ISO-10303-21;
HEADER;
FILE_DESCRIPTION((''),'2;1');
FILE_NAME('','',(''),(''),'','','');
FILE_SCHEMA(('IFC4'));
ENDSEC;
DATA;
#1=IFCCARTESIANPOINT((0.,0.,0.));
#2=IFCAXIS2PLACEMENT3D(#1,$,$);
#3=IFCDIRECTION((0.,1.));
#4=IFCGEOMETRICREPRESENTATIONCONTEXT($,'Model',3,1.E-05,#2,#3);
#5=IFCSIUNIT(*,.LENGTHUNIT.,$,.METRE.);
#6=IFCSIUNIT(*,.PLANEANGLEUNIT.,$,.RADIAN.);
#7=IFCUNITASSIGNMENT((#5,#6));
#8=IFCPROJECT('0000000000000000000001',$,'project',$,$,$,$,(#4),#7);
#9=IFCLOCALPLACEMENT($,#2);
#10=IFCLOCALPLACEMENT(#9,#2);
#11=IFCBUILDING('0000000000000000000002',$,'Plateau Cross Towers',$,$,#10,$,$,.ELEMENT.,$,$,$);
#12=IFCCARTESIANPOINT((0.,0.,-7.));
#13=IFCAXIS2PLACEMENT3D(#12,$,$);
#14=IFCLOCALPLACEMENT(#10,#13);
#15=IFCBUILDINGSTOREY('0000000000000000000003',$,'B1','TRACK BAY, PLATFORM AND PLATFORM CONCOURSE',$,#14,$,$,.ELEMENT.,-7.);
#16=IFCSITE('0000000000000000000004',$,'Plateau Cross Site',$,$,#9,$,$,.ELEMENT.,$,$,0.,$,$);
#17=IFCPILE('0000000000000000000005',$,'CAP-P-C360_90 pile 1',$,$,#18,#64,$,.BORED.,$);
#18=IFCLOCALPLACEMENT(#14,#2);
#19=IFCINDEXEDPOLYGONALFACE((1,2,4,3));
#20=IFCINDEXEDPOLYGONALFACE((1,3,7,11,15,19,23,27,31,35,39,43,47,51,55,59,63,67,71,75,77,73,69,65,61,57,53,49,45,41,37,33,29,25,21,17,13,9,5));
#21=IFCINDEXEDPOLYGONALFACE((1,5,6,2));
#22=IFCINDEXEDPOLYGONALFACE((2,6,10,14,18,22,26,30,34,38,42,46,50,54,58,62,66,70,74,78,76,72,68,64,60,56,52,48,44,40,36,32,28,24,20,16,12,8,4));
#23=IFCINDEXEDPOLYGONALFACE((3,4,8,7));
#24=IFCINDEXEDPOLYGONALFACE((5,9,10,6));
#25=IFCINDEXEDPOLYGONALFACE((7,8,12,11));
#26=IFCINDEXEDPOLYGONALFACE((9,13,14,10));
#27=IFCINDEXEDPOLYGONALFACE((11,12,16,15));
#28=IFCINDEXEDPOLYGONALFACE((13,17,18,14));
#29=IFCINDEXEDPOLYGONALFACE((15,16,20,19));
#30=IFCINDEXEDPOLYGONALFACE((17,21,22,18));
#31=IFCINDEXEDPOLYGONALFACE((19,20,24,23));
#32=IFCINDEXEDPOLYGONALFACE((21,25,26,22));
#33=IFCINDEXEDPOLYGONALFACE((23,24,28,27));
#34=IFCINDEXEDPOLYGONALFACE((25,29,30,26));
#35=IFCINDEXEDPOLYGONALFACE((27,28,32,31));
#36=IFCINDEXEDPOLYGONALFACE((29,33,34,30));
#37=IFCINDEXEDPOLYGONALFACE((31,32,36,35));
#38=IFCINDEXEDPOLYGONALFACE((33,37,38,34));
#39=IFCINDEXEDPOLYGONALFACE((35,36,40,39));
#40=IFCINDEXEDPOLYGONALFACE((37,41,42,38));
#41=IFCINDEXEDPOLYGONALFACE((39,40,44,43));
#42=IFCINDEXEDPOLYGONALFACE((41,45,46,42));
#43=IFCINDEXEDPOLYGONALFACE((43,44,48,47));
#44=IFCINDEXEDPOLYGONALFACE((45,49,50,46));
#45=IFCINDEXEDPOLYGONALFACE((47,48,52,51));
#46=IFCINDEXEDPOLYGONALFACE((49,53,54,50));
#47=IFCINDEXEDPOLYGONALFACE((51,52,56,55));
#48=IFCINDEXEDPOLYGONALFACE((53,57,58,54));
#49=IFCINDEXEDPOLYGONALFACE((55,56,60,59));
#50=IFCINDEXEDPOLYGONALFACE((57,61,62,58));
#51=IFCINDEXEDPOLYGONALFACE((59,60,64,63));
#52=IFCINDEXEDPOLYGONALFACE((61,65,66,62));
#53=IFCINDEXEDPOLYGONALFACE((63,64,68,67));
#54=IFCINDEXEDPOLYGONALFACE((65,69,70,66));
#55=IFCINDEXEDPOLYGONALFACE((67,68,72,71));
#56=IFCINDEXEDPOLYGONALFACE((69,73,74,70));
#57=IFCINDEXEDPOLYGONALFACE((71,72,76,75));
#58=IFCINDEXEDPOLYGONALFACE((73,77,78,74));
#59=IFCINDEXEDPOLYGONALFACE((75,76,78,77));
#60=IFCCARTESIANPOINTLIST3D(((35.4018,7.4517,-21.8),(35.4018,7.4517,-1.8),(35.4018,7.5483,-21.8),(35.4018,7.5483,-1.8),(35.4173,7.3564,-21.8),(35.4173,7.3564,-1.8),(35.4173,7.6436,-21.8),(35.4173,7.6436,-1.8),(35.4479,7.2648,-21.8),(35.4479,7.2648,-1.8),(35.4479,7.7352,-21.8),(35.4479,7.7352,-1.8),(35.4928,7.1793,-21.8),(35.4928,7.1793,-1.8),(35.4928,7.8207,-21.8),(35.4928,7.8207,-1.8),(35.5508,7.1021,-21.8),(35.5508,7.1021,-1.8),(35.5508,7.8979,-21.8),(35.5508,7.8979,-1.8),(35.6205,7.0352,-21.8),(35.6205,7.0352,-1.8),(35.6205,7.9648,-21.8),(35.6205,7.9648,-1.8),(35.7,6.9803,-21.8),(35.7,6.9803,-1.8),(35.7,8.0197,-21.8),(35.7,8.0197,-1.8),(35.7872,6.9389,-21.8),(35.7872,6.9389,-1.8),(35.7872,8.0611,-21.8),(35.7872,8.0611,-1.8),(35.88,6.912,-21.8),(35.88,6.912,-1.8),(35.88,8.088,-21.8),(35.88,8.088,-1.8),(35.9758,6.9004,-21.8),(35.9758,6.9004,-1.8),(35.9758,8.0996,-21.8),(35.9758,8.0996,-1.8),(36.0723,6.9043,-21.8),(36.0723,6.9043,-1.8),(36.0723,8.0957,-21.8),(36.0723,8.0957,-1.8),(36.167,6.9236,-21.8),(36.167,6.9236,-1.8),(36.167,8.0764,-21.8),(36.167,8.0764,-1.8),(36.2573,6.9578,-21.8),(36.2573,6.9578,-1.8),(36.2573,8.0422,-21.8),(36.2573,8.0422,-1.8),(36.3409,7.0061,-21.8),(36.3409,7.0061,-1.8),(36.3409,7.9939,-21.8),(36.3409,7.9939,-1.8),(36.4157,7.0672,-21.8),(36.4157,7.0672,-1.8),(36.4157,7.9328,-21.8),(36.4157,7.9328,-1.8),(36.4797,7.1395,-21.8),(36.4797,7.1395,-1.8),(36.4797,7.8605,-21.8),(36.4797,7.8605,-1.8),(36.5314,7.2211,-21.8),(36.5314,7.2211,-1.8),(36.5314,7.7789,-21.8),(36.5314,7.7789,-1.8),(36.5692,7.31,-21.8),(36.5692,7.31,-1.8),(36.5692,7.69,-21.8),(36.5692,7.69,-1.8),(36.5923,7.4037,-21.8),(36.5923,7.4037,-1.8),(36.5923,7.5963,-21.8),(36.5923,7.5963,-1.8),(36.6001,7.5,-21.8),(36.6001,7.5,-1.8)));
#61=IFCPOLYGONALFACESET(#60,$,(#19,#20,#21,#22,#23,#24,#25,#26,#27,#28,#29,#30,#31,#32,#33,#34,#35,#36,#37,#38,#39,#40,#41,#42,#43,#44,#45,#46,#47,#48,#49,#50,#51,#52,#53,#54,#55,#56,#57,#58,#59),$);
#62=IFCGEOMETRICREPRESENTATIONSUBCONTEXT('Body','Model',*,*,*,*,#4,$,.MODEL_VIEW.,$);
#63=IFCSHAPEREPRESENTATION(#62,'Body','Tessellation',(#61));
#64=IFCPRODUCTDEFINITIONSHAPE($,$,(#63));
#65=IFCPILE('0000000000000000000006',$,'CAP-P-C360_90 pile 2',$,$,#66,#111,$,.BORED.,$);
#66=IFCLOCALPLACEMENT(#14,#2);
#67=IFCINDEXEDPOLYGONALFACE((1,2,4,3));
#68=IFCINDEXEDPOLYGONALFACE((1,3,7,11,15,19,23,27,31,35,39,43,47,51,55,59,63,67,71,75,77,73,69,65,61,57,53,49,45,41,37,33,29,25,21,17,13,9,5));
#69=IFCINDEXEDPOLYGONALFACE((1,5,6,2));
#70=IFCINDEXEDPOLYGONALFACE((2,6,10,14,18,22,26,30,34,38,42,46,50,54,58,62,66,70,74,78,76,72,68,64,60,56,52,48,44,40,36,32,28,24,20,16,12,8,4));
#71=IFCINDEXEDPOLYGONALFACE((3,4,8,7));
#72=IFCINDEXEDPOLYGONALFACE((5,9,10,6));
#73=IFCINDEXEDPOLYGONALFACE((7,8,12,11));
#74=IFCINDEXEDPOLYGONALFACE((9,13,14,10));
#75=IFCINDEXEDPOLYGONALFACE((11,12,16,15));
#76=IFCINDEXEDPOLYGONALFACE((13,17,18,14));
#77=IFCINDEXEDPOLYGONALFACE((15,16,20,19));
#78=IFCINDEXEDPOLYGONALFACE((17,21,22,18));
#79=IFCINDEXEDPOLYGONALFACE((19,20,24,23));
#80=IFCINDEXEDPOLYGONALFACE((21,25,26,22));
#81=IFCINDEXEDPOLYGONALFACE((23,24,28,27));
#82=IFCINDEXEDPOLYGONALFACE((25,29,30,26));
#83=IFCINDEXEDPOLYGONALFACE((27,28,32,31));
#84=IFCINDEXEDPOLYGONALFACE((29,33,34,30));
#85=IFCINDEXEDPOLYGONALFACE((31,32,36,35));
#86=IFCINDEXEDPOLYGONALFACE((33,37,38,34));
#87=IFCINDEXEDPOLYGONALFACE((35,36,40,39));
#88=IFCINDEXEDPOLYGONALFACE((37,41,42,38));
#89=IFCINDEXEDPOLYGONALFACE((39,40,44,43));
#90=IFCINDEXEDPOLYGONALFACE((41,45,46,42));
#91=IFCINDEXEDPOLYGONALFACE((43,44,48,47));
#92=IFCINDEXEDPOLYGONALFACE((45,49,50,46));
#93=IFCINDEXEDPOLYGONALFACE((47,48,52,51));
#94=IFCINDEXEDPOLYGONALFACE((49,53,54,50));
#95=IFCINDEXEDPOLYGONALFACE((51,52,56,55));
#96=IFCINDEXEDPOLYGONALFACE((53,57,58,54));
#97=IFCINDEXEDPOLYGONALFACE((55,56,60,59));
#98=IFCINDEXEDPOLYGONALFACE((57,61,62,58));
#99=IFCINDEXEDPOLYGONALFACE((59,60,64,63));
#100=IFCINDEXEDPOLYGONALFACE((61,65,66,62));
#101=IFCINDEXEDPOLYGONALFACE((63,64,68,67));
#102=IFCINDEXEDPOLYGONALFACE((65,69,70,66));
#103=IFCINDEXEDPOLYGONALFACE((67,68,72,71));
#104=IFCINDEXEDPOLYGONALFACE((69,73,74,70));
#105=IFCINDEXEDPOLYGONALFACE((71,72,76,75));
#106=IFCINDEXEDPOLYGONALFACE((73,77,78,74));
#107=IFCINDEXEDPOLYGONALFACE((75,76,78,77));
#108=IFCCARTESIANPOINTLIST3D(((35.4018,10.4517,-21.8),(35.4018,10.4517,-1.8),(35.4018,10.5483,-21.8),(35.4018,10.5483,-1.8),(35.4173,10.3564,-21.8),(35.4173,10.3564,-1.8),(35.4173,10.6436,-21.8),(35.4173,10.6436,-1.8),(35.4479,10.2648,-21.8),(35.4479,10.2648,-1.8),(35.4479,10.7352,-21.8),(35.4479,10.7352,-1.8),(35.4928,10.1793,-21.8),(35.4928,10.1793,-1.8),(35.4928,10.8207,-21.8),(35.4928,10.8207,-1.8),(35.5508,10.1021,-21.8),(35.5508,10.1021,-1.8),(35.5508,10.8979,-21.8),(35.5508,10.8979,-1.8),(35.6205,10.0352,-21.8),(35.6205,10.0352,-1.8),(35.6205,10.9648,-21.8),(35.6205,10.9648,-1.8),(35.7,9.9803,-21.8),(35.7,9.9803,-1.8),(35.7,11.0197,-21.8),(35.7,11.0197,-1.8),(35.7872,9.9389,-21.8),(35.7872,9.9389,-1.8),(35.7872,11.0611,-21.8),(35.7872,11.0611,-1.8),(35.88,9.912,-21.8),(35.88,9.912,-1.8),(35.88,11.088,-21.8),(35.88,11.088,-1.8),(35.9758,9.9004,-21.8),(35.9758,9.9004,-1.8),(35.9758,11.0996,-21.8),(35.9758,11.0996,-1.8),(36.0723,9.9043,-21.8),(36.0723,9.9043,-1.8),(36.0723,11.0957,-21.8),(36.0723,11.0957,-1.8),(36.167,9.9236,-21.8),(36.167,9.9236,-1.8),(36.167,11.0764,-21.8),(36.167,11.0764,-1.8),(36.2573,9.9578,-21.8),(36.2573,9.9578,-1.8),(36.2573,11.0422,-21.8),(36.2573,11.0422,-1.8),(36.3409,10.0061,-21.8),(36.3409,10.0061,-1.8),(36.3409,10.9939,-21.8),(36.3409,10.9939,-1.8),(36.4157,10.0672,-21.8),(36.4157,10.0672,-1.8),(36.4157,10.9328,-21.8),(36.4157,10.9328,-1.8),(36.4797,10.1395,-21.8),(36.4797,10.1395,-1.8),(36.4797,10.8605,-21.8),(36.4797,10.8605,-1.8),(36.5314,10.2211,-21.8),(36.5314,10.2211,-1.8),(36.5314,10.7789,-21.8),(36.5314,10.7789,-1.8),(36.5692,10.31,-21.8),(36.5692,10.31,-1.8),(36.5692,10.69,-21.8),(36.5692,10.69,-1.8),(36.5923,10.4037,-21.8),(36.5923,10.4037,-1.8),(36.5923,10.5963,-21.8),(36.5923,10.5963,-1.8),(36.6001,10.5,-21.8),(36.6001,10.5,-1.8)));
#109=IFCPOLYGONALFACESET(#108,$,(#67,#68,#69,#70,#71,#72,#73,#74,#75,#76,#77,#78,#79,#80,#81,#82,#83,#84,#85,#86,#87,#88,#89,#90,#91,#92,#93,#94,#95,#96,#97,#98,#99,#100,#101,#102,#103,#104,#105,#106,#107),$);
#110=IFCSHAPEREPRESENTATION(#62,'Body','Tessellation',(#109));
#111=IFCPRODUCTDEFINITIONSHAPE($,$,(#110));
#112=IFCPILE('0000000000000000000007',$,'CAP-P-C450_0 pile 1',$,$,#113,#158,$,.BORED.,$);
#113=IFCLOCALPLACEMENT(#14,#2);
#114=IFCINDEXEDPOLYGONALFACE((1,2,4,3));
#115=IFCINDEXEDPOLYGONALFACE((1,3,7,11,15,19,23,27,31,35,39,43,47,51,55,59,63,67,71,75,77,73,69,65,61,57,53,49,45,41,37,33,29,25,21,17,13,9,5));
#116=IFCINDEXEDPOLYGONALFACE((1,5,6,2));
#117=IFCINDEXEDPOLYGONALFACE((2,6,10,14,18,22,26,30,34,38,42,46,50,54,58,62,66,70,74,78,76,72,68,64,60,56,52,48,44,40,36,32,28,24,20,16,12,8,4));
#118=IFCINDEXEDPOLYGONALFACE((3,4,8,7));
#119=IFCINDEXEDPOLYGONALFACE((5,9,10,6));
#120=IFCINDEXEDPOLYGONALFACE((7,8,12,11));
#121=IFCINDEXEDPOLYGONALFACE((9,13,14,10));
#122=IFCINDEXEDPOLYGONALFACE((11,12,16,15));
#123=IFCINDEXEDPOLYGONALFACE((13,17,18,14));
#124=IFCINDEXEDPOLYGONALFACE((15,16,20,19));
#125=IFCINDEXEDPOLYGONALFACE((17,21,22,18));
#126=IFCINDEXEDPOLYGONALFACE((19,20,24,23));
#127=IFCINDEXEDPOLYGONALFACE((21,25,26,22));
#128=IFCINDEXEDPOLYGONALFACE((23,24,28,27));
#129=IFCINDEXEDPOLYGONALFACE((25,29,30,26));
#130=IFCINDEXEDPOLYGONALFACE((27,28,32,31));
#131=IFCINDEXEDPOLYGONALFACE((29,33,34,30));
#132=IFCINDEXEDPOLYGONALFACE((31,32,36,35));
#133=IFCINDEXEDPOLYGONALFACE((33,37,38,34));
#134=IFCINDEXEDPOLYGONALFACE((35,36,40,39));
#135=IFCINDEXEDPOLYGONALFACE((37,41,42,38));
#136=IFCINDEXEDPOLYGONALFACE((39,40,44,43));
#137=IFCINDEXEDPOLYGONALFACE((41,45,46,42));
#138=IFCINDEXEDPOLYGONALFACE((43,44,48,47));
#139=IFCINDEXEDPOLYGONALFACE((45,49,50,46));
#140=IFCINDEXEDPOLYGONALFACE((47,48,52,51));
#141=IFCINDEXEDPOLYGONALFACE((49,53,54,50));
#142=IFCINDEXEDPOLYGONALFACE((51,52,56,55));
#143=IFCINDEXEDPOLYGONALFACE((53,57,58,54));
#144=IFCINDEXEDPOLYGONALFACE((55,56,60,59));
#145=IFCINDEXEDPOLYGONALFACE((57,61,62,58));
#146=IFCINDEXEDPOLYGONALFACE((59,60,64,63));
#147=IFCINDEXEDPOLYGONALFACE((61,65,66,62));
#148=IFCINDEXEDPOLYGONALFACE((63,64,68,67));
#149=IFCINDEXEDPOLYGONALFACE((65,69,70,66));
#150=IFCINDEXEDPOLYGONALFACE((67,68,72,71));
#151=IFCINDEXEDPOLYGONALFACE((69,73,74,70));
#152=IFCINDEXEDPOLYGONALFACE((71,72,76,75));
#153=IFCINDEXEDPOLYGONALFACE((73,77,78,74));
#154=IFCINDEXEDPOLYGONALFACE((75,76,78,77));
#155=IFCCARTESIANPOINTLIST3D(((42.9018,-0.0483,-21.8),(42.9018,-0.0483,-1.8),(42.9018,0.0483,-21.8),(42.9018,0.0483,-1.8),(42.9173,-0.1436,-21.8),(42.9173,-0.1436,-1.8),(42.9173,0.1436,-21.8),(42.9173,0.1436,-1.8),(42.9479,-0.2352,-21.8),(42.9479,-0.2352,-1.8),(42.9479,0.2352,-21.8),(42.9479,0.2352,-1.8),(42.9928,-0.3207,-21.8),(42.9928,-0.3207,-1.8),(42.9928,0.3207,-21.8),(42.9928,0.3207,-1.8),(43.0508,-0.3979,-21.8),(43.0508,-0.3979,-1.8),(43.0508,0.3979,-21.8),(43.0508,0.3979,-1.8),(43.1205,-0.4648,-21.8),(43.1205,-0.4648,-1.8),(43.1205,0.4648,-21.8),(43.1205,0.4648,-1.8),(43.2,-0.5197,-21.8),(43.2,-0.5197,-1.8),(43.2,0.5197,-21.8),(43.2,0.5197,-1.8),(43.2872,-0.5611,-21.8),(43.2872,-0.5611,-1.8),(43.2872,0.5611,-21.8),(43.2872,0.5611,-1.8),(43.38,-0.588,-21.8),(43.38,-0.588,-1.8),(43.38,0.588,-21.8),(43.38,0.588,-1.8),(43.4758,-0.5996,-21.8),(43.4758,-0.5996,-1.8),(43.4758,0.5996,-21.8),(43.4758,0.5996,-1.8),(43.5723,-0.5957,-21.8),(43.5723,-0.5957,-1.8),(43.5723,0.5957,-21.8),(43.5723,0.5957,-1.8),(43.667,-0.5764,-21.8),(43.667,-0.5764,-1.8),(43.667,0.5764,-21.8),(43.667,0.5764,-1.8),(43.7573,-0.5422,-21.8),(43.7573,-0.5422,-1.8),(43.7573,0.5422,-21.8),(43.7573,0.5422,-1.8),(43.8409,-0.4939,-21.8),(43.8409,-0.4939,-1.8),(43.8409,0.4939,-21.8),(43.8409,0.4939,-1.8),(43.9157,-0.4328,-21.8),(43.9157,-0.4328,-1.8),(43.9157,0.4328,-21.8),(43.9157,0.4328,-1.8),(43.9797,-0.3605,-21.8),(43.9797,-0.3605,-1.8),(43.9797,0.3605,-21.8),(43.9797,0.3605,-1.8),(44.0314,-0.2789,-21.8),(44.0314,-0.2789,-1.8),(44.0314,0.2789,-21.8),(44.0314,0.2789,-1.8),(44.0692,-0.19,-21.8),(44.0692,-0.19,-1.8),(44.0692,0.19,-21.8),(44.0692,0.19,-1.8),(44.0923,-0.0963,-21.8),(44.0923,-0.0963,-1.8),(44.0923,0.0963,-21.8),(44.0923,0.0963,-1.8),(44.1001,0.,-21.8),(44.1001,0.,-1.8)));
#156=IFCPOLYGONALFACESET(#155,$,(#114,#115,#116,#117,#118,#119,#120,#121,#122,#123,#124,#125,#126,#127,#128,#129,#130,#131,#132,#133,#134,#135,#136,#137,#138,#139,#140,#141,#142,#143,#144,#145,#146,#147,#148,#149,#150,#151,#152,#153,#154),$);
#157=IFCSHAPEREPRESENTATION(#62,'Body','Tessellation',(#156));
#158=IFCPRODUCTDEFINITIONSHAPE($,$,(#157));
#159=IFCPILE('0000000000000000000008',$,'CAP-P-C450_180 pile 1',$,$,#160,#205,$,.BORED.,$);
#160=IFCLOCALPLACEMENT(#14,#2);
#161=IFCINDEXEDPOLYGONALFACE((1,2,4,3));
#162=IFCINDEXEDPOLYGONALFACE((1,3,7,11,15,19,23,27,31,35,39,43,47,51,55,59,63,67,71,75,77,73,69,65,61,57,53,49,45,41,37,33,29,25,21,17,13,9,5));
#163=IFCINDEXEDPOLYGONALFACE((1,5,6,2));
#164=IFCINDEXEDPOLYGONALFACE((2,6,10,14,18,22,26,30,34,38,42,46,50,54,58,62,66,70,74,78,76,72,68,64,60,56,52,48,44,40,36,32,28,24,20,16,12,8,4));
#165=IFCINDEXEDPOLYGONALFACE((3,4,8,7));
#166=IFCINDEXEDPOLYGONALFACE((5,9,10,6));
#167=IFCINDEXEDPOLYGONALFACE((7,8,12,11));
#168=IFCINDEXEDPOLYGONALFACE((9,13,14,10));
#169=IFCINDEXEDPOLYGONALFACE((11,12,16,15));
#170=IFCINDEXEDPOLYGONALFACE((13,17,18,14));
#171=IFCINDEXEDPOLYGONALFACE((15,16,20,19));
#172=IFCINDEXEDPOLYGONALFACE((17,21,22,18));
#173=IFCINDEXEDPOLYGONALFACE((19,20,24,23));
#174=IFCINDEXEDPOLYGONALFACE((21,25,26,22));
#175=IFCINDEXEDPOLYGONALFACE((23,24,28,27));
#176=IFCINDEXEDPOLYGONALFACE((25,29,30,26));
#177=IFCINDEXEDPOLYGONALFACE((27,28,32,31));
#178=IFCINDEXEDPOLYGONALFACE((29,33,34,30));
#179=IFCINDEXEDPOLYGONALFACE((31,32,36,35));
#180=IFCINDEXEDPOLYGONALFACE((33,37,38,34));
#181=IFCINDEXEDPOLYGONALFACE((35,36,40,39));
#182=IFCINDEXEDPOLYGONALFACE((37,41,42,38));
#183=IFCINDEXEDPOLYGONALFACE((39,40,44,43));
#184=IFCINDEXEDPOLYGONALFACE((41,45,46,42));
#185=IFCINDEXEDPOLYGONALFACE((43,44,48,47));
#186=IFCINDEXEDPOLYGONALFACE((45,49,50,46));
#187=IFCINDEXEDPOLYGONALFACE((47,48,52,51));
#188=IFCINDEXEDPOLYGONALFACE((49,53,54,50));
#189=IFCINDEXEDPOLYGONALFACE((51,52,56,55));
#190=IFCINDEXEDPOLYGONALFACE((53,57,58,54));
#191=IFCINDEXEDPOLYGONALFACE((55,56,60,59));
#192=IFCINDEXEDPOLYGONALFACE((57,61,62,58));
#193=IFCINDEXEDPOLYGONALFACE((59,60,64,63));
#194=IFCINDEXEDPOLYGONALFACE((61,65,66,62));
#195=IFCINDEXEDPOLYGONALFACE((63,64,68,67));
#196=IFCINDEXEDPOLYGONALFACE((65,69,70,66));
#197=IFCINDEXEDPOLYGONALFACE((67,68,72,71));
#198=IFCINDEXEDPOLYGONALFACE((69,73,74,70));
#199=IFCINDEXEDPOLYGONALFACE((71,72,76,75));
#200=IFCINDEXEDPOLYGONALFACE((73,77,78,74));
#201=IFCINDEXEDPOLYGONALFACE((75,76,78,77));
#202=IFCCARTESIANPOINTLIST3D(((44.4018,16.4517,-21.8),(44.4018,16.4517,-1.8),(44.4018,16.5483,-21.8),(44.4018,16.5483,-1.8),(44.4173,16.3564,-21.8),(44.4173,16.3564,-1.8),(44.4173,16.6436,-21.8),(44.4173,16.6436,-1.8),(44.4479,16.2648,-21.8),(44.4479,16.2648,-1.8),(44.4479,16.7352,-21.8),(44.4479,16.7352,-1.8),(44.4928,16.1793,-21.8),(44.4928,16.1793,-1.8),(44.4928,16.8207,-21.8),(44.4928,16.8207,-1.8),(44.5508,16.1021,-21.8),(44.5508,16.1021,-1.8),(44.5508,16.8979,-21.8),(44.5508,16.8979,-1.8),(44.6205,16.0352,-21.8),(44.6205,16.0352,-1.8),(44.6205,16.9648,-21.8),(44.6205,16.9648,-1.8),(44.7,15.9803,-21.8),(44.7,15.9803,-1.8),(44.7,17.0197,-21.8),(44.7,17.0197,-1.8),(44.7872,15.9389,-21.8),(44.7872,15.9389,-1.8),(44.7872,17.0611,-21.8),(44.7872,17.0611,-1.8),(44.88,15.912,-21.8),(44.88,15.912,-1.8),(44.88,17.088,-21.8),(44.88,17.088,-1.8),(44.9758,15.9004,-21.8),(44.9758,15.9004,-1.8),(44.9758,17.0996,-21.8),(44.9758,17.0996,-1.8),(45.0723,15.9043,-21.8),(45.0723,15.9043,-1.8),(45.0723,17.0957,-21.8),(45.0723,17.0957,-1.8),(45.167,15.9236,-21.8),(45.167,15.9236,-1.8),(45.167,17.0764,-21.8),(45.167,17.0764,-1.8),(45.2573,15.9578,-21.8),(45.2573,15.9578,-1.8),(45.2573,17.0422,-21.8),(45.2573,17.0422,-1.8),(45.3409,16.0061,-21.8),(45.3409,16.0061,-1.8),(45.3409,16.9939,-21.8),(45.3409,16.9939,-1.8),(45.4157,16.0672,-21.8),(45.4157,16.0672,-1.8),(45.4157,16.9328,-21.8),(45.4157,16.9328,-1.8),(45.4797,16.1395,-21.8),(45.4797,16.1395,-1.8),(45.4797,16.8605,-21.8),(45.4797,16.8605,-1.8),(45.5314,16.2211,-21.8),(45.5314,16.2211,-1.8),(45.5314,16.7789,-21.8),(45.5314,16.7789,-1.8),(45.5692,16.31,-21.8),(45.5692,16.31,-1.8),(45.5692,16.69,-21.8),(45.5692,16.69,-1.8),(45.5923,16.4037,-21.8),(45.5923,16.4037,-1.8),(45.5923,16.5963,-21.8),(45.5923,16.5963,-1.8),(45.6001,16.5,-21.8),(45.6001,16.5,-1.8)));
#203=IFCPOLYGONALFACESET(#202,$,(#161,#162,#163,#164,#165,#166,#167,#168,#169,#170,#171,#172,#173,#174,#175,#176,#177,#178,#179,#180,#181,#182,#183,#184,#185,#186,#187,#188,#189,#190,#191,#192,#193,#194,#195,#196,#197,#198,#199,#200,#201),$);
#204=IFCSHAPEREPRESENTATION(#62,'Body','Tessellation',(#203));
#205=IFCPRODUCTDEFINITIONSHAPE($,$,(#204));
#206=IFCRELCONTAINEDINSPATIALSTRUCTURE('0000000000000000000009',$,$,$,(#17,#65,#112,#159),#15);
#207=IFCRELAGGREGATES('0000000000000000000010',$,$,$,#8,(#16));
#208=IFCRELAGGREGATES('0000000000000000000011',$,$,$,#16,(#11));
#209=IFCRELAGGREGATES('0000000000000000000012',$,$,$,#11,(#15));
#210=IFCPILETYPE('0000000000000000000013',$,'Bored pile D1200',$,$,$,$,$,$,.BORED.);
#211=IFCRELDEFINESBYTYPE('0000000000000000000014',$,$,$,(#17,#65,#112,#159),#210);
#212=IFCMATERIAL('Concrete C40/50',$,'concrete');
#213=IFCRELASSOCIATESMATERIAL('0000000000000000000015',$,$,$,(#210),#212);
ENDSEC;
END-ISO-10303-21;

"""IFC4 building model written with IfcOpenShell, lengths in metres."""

from ifc_helpers import new_model, si_unit, direction, frame, origin, origin_2d, place, context, subcontext, project, spatial, circle, extrude, material, material_profile, profile_set, type_object, element, save


model = new_model("IFC4")

# Units and contexts
model_context = context("Model", 3, precision=1e-05, world=origin(), true_north=direction((0.0, 1.0)))
body_context = subcontext(model_context, "Body", "Model", "MODEL_VIEW")
ifc_project = project(units=[si_unit("LENGTHUNIT", "METRE"), si_unit("PLANEANGLEUNIT", "RADIAN")], contexts=[model_context])

# Site, building, storey
site_placement = place(None, origin())
site = spatial("IfcSite", under=ifc_project, at=site_placement, Name="Plateau Cross Site", CompositionType="ELEMENT", RefElevation=0.0)
building_placement = place(site_placement, origin())
building = spatial("IfcBuilding", under=site, at=building_placement, Name="Plateau Cross Towers", CompositionType="ELEMENT")
storey_placement = place(building_placement, frame((0.0, 0.0, -7.0)))
storey = spatial("IfcBuildingStorey", under=building, at=storey_placement, Name="B1", Description="TRACK BAY, PLATFORM AND PLATFORM CONCOURSE", CompositionType="ELEMENT", Elevation=-7.0)

# Piles
ifc_material_1 = material(Name="Concrete C40/50", Category="concrete")
ifc_material_profile_1 = material_profile(ifc_material_1, circle(Radius=0.6001, at=origin_2d()), Name="Bored pile D1200")
ifc_profile_set_1 = profile_set([ifc_material_profile_1], Name="Concrete C40/50")
pile_type = type_object("IfcPileType", Name="Bored pile D1200", PredefinedType="BORED", material=ifc_profile_set_1)
for number, where, z_axis, x_axis, name in (
    (1, (36.0, 7.5, -1.8), (0.0, 0.0, -1.0), (1.0, 0.0, 0.0), "CAP-P-C360_90 pile 1"),
    (2, (36.0, 10.5, -1.8), (0.0, 0.0, -1.0), (1.0, 0.0, 0.0), "CAP-P-C360_90 pile 2"),
    (3, (43.5, 0.0, -1.8), (0.0, 0.0, -1.0), (1.0, 0.0, 0.0), "CAP-P-C450_0 pile 1"),
    (4, (45.0, 16.5, -1.8), (0.0, 0.0, -1.0), (1.0, 0.0, 0.0), "CAP-P-C450_180 pile 1"),
):
    element("IfcPile", number, at=place(storey_placement, frame(where, z_axis=z_axis, x_axis=x_axis)), inside=storey, type_object=pile_type, Name=name, PredefinedType="BORED", context=body_context, shape_type="SweptSolid", body=[
        extrude(circle(Radius=0.6001, at=origin_2d()), origin(), (0.0, 0.0, 1.0), 20.0),
    ])

save(model, "model.ifc")
